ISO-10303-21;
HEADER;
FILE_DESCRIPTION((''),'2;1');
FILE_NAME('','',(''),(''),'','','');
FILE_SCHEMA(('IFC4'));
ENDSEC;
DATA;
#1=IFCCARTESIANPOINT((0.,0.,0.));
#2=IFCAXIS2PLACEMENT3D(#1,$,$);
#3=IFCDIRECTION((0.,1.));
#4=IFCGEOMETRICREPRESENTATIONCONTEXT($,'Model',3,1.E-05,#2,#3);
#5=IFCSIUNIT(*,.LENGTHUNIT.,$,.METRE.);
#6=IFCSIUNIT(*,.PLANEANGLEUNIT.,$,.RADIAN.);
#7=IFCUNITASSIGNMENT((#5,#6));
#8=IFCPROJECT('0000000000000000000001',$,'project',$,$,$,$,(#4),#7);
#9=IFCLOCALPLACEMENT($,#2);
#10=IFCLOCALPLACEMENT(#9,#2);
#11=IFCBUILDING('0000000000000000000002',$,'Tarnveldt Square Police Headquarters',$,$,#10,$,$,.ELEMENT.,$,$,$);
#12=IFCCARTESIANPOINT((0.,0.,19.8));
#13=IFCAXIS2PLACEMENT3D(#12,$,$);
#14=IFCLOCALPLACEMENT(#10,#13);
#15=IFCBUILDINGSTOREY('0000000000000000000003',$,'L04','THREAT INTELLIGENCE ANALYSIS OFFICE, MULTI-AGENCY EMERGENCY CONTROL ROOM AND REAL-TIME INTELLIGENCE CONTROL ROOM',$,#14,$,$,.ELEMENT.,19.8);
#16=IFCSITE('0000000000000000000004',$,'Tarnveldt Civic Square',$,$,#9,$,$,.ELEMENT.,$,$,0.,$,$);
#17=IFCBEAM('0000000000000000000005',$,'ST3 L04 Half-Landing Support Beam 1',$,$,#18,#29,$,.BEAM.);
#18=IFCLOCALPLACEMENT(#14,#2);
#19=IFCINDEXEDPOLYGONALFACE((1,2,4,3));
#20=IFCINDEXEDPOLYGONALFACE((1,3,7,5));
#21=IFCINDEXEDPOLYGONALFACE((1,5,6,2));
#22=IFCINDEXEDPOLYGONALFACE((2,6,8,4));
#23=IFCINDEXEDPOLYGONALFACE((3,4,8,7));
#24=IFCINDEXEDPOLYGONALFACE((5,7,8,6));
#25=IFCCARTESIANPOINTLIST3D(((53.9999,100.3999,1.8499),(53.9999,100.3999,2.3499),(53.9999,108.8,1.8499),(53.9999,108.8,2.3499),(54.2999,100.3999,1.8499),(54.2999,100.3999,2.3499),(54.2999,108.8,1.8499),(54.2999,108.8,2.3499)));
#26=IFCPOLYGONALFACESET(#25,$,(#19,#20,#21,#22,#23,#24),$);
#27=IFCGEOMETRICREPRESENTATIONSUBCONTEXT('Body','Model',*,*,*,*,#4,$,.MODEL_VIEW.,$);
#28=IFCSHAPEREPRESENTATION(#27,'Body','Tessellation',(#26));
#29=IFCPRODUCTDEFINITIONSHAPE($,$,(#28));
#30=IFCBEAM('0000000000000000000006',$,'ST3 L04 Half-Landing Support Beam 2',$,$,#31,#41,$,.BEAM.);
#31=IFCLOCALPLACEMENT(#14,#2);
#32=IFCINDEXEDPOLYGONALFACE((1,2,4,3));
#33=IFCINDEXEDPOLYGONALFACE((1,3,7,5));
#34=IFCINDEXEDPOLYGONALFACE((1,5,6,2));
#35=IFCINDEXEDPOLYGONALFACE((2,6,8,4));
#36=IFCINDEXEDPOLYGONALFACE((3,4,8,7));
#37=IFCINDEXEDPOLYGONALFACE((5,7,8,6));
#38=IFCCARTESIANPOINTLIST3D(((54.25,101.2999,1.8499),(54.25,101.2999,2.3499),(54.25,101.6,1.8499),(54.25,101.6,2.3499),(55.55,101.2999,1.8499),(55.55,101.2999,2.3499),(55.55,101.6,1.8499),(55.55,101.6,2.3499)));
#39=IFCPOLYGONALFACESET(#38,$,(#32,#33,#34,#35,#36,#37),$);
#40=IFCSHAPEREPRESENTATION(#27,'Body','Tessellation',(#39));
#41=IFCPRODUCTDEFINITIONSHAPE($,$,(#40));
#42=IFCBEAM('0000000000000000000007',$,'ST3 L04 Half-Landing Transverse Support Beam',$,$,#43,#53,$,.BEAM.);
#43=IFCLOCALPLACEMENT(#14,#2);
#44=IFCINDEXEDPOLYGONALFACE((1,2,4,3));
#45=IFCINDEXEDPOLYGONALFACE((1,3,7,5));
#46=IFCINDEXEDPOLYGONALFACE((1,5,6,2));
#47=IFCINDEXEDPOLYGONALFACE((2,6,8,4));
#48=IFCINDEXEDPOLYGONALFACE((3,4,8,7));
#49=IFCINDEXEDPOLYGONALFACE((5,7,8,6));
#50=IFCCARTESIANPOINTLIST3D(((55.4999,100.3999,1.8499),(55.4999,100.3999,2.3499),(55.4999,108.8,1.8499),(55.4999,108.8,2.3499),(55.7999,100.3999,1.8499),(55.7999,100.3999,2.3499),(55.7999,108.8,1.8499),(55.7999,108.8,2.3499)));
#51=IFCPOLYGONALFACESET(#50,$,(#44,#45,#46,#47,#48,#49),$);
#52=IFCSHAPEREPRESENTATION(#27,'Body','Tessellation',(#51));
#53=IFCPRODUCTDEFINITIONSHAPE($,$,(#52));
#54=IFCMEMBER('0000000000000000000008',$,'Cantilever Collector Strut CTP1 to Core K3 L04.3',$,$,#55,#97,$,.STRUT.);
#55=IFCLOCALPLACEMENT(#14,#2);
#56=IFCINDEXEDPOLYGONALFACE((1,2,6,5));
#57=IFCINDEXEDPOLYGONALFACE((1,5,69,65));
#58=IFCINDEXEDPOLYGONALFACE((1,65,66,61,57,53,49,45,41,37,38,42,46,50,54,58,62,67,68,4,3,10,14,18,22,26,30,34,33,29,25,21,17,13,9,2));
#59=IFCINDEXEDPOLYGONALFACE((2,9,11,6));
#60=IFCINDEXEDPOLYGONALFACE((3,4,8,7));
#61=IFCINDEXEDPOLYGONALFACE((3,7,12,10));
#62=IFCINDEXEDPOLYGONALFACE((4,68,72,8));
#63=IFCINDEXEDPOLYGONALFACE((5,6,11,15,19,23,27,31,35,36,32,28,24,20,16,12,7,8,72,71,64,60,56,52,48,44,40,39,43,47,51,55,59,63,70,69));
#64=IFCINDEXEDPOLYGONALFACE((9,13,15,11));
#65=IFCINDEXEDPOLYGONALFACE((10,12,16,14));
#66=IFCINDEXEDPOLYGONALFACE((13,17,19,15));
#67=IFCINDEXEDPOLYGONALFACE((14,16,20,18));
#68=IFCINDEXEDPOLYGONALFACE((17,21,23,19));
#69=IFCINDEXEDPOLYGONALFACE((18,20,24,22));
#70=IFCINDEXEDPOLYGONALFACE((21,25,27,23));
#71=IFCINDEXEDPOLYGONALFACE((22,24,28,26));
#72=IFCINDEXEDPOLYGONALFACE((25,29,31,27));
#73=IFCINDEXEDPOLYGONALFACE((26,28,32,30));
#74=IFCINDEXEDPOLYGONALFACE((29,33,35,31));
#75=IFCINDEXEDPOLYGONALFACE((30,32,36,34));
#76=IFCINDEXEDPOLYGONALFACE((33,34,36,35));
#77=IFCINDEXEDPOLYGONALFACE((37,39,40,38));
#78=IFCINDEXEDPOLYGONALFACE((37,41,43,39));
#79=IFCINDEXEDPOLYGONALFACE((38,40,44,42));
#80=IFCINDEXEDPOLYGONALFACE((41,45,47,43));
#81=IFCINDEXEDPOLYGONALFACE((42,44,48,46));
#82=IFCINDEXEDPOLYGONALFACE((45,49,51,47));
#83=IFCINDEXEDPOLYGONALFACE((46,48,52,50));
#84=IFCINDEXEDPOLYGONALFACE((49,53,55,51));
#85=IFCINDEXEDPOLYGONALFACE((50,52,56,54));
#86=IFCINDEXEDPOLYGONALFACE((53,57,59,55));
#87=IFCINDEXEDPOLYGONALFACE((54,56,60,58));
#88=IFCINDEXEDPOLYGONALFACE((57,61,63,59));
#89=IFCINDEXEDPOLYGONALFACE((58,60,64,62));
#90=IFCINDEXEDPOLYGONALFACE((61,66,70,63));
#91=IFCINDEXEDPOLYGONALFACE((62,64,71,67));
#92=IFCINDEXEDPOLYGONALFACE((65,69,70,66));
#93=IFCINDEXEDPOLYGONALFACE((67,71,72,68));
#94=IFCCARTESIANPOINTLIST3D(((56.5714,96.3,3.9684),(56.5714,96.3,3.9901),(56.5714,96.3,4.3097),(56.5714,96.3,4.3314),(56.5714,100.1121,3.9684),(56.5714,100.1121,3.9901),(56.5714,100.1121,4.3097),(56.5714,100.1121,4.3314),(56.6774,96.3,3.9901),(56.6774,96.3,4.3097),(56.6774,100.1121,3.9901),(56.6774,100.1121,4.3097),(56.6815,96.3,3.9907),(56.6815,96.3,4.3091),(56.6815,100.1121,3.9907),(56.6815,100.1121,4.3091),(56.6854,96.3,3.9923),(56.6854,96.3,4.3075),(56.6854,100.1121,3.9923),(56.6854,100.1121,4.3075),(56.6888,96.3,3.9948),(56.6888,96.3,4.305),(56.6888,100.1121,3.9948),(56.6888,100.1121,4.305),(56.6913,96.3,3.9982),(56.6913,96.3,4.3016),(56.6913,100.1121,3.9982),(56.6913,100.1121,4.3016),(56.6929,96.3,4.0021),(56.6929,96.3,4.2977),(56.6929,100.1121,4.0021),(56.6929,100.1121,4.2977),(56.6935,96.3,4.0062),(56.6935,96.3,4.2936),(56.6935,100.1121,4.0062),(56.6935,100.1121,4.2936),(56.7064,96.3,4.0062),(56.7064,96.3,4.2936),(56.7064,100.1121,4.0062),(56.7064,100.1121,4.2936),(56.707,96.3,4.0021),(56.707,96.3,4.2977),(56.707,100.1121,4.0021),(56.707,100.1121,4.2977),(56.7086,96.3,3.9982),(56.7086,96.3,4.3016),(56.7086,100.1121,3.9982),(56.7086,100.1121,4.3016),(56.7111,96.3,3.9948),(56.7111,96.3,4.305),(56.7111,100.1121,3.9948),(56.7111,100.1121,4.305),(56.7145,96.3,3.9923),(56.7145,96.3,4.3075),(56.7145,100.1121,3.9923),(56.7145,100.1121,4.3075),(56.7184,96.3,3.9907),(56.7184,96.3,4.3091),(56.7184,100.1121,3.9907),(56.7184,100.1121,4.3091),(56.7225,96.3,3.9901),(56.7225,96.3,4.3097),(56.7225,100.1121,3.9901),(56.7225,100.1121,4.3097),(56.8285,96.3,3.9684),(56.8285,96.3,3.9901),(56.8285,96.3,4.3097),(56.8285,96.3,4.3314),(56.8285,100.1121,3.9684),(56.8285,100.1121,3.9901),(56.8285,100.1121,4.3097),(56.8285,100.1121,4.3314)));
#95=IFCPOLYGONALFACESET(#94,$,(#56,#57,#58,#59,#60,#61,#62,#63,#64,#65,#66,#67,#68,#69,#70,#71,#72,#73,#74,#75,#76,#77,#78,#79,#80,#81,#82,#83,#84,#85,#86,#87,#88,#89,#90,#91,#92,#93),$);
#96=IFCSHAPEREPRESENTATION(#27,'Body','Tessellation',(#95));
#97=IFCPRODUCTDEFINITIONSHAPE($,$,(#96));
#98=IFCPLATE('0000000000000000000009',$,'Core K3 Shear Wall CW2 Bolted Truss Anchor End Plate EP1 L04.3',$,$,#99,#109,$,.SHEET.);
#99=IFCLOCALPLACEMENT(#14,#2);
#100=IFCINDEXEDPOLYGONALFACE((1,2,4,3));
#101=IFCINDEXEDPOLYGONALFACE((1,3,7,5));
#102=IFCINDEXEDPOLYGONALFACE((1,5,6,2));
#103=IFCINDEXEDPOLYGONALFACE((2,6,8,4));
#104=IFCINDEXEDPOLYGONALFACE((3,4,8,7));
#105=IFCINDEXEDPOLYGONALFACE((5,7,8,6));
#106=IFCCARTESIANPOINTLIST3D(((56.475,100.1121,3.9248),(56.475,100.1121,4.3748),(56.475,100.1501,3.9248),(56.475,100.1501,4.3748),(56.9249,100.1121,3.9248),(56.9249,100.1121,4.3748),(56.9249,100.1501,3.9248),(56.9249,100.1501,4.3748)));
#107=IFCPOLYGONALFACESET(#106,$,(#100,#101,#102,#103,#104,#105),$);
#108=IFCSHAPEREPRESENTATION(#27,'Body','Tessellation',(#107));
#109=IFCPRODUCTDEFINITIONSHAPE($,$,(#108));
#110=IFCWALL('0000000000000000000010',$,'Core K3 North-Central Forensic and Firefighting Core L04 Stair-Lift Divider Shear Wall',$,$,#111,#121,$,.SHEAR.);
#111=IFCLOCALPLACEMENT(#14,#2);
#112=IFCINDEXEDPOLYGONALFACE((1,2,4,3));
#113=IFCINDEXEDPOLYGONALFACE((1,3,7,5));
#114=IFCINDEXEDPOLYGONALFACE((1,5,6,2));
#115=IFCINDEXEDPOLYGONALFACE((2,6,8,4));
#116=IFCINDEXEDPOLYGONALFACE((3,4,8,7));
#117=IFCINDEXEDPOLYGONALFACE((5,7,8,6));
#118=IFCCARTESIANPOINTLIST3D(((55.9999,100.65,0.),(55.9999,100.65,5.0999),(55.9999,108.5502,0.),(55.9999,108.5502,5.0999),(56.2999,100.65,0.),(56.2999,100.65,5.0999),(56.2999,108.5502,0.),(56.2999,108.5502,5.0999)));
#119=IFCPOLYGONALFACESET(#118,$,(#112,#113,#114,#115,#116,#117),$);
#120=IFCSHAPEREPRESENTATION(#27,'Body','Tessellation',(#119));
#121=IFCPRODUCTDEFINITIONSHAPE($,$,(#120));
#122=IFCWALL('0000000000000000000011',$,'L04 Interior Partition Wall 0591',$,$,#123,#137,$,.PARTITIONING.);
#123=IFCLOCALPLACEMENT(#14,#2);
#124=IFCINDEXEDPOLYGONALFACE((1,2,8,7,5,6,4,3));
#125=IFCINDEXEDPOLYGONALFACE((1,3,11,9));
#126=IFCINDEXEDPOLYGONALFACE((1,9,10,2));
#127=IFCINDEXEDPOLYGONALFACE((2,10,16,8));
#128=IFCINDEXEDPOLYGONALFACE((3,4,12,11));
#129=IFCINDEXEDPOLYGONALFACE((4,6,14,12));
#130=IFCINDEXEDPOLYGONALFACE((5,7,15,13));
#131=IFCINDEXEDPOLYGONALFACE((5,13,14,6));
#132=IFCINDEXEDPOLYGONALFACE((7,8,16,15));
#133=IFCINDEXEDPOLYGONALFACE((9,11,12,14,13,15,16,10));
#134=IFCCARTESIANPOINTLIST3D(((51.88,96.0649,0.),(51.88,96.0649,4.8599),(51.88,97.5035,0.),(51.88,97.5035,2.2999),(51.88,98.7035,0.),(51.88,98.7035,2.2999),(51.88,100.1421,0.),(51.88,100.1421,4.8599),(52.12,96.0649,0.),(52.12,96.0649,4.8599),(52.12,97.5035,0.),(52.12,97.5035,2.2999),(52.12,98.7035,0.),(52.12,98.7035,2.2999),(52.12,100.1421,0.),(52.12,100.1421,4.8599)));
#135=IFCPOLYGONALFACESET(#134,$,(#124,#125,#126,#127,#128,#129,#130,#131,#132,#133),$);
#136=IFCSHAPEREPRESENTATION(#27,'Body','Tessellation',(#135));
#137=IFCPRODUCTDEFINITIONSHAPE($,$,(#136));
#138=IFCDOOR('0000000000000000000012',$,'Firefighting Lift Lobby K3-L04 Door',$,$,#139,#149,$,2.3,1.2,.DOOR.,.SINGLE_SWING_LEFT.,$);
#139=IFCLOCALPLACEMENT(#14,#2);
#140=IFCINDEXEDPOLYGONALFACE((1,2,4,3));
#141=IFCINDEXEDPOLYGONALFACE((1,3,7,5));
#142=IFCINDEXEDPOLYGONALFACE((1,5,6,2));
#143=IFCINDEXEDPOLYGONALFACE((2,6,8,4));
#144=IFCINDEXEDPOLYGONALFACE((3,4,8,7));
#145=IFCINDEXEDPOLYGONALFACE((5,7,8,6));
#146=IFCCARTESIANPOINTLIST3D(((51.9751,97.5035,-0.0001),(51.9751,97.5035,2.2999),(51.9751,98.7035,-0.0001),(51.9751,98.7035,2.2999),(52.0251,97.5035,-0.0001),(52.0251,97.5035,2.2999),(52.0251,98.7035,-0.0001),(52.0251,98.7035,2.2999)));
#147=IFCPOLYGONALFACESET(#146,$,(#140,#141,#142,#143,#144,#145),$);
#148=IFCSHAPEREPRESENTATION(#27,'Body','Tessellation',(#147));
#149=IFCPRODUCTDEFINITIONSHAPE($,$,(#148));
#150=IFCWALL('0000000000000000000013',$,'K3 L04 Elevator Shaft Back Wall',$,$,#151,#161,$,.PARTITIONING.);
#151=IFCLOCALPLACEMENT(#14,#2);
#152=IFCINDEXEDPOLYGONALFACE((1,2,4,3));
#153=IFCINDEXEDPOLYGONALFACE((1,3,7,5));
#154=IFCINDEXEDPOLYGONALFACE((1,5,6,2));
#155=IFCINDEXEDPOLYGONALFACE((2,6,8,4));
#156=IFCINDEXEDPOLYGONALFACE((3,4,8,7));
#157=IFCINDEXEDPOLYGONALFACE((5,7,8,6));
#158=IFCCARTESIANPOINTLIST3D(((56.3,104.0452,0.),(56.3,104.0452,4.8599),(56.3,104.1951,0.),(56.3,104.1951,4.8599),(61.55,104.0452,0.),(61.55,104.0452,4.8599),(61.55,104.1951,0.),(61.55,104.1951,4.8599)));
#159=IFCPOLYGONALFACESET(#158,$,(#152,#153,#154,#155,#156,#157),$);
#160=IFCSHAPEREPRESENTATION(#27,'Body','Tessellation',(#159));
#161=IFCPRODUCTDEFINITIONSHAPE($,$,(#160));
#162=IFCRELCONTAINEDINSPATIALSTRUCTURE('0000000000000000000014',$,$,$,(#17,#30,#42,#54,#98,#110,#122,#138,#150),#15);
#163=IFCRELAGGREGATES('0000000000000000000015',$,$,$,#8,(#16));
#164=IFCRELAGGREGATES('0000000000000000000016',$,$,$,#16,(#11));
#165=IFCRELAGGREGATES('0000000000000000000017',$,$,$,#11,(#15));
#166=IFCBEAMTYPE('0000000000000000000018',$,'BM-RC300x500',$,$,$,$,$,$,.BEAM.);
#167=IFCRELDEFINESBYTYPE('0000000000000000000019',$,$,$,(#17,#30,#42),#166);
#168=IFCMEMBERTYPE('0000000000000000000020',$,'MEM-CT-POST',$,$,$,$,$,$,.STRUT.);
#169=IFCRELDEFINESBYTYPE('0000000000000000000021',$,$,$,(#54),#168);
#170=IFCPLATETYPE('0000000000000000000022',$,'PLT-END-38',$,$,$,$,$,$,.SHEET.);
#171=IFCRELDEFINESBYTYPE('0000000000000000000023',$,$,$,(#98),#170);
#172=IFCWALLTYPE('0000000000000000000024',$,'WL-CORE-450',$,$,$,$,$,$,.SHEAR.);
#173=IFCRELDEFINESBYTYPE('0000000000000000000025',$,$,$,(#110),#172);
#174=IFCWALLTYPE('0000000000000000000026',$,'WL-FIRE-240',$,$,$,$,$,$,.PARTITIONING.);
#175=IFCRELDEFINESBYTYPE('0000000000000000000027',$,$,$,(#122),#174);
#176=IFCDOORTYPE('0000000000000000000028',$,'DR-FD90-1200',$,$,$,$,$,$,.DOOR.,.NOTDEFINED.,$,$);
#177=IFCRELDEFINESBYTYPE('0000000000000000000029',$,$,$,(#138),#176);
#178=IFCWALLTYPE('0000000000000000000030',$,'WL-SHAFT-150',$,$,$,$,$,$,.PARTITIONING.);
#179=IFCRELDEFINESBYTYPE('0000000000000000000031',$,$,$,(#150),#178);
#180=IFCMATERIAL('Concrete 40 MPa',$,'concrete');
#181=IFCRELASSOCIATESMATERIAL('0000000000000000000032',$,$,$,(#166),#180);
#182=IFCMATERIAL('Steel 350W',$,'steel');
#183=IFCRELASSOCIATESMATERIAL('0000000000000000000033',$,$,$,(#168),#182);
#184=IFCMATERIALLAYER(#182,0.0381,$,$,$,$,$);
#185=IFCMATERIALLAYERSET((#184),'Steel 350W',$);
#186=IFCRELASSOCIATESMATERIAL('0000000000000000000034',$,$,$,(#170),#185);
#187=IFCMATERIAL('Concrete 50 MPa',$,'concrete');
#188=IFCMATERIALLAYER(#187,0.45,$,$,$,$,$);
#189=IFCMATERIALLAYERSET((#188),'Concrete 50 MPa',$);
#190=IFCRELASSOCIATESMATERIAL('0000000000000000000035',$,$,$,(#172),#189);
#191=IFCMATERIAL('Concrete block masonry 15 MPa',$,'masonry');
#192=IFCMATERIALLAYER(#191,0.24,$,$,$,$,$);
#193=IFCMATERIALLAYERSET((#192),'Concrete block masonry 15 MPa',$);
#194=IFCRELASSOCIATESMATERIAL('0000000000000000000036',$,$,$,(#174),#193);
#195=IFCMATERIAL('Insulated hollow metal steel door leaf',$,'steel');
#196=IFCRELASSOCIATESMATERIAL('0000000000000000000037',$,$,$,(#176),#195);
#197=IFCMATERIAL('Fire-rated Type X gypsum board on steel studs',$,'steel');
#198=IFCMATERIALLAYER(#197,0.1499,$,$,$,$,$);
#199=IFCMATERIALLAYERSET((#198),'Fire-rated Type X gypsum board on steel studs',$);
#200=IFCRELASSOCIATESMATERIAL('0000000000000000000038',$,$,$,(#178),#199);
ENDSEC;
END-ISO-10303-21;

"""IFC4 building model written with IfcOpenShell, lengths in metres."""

from ifc_helpers import new_model, si_unit, direction, frame, frame_2d, origin, origin_2d, place, context, subcontext, project, spatial, rectangle, i_section, extrude, material, layer, layer_set, material_profile, profile_set, type_object, element, fill, save


model = new_model("IFC4")

# Units and contexts
model_context = context("Model", 3, precision=1e-05, world=origin(), true_north=direction((0.0, 1.0)))
body_context = subcontext(model_context, "Body", "Model", "MODEL_VIEW")
ifc_project = project(units=[si_unit("LENGTHUNIT", "METRE"), si_unit("PLANEANGLEUNIT", "RADIAN")], contexts=[model_context])

# Site, building, storey
site_placement = place(None, origin())
site = spatial("IfcSite", under=ifc_project, at=site_placement, Name="Tarnveldt Civic Square", CompositionType="ELEMENT", RefElevation=0.0)
building_placement = place(site_placement, origin())
building = spatial("IfcBuilding", under=site, at=building_placement, Name="Tarnveldt Square Police Headquarters", CompositionType="ELEMENT")
storey_placement = place(building_placement, frame((0.0, 0.0, 19.8)))
storey = spatial("IfcBuildingStorey", under=building, at=storey_placement, Name="L04", Description="THREAT INTELLIGENCE ANALYSIS OFFICE, MULTI-AGENCY EMERGENCY CONTROL ROOM AND REAL-TIME INTELLIGENCE CONTROL ROOM", CompositionType="ELEMENT", Elevation=19.8)

# Beams
ifc_material_1 = material(Name="Concrete 40 MPa", Category="concrete")
ifc_material_profile_1 = material_profile(ifc_material_1, rectangle(XDim=0.3, YDim=0.5, at=origin_2d()), Name="RC-B300x500")
ifc_profile_set_1 = profile_set([ifc_material_profile_1], Name="Concrete 40 MPa")
beam_type = type_object("IfcBeamType", Name="BM-RC300x500", PredefinedType="BEAM", material=ifc_profile_set_1)
beam_1_placement = place(storey_placement, frame((54.1499, 100.3999, 2.0999), z_axis=(0.0, 1.0, 0.0), x_axis=(-1.0, 0.0, 0.0)))
element("IfcBeam", 1, at=beam_1_placement, inside=storey, type_object=beam_type, Name="ST3 L04 Half-Landing Support Beam 1", PredefinedType="BEAM", context=body_context, shape_type="SweptSolid", body=[
    extrude(rectangle(XDim=0.3, YDim=0.5, at=origin_2d()), origin(), (0.0, 0.0, 1.0), 8.4001),
])
beam_2_placement = place(storey_placement, frame((54.25, 101.45, 2.0999), z_axis=(1.0, 0.0, 0.0), x_axis=(0.0, 1.0, 0.0)))
element("IfcBeam", 2, at=beam_2_placement, inside=storey, type_object=beam_type, Name="ST3 L04 Half-Landing Support Beam 2", PredefinedType="BEAM", context=body_context, shape_type="SweptSolid", body=[
    extrude(rectangle(XDim=0.3, YDim=0.5, at=origin_2d()), origin(), (0.0, 0.0, 1.0), 1.3),
])
beam_3_placement = place(storey_placement, frame((55.6499, 100.3999, 2.0999), z_axis=(0.0, 1.0, 0.0), x_axis=(-1.0, 0.0, 0.0)))
element("IfcBeam", 3, at=beam_3_placement, inside=storey, type_object=beam_type, Name="ST3 L04 Half-Landing Transverse Support Beam", PredefinedType="BEAM", context=body_context, shape_type="SweptSolid", body=[
    extrude(rectangle(XDim=0.3, YDim=0.5, at=origin_2d()), origin(), (0.0, 0.0, 1.0), 8.4001),
])

# Member
ifc_material_2 = material(Name="Steel 350W", Category="steel")
ifc_material_profile_2 = material_profile(ifc_material_2, i_section(OverallWidth=0.2571, OverallDepth=0.363, WebThickness=0.0129, FlangeThickness=0.0217, FilletRadius=0.0161, at=origin_2d()), Name="W360x122")
ifc_profile_set_2 = profile_set([ifc_material_profile_2], Name="Steel 350W")
member_type = type_object("IfcMemberType", Name="MEM-CT-POST", PredefinedType="STRUT", material=ifc_profile_set_2)
member_placement = place(storey_placement, frame((56.7, 96.3, 4.1499), z_axis=(0.0, 1.0, 0.0), x_axis=(-1.0, 0.0, 0.0)))
element("IfcMember", 4, at=member_placement, inside=storey, type_object=member_type, Name="Cantilever Collector Strut CTP1 to Core K3 L04.3", PredefinedType="STRUT", context=body_context, shape_type="SweptSolid", body=[
    extrude(i_section(OverallWidth=0.2571, OverallDepth=0.363, WebThickness=0.0129, FlangeThickness=0.0217, FilletRadius=0.0161, at=origin_2d()), origin(), (0.0, 0.0, 1.0), 3.812),
])

# Plate
ifc_layer_1 = layer(ifc_material_2, 0.0381)
ifc_layer_set_1 = layer_set([ifc_layer_1], Name="Steel 350W")
plate_type = type_object("IfcPlateType", Name="PLT-END-38", PredefinedType="SHEET", material=ifc_layer_set_1)
plate_placement = place(storey_placement, frame((56.7, 100.1311, 3.9248), z_axis=(0.0, 0.0, 1.0), x_axis=(1.0, 0.0, 0.0)))
element("IfcPlate", 5, at=plate_placement, inside=storey, type_object=plate_type, Name="Core K3 Shear Wall CW2 Bolted Truss Anchor End Plate EP1 L04.3", PredefinedType="SHEET", context=body_context, shape_type="SweptSolid", body=[
    extrude(rectangle(XDim=0.45, YDim=0.0381, at=origin_2d()), origin(), (0.0, 0.0, 1.0), 0.45),
])

# Wall
ifc_material_3 = material(Name="Concrete 50 MPa", Category="concrete")
ifc_layer_2 = layer(ifc_material_3, 0.45)
ifc_layer_set_2 = layer_set([ifc_layer_2], Name="Concrete 50 MPa")
wall_type_1 = type_object("IfcWallType", Name="WL-CORE-450", PredefinedType="SHEAR", material=ifc_layer_set_2)
wall_1_placement = place(storey_placement, frame((56.1499, 100.6499, 0.0), z_axis=(0.0, 0.0, 1.0), x_axis=(0.0, 1.0, 0.0)))
element("IfcWall", 6, at=wall_1_placement, inside=storey, type_object=wall_type_1, Name="Core K3 North-Central Forensic and Firefighting Core L04 Stair-Lift Divider Shear Wall", PredefinedType="SHEAR", context=body_context, shape_type="SweptSolid", body=[
    extrude(rectangle(XDim=7.9001, YDim=0.3, at=frame_2d((3.9502, 0.0))), origin(), (0.0, 0.0, 1.0), 5.0999),
])

# Wall, opening, door
ifc_material_4 = material(Name="Concrete block masonry 15 MPa", Category="masonry")
ifc_layer_3 = layer(ifc_material_4, 0.24)
ifc_layer_set_3 = layer_set([ifc_layer_3], Name="Concrete block masonry 15 MPa")
wall_type_2 = type_object("IfcWallType", Name="WL-FIRE-240", PredefinedType="PARTITIONING", material=ifc_layer_set_3)
wall_2_placement = place(storey_placement, frame((52.0, 96.0649, 0.0), z_axis=(0.0, 0.0, 1.0), x_axis=(0.0, 1.0, 0.0)))
wall_2 = element("IfcWall", 7, at=wall_2_placement, inside=storey, type_object=wall_type_2, Name="L04 Interior Partition Wall 0591", PredefinedType="PARTITIONING", context=body_context, shape_type="SweptSolid", body=[
    extrude(rectangle(XDim=4.0771, YDim=0.24, at=frame_2d((2.0386, 0.0))), origin(), (0.0, 0.0, 1.0), 4.8599),
])
opening_placement = place(wall_2_placement, frame((1.4385, 0.0, 0.0)))
opening = element("IfcOpeningElement", 8, at=opening_placement, cuts=wall_2, PredefinedType="OPENING", context=body_context, shape_type="SweptSolid", body=[
    extrude(rectangle(XDim=1.2, YDim=2.3, at=frame_2d((0.6001, 1.1499))), frame((0.0, 0.1299, 0.0), z_axis=(0.0, -1.0, 0.0), x_axis=(1.0, 0.0, 0.0)), (0.0, 0.0, 1.0), 0.26),
])
ifc_material_5 = material(Name="Insulated hollow metal steel door leaf", Category="steel")
door_type = type_object("IfcDoorType", Name="DR-FD90-1200", OperationType="NOTDEFINED", PredefinedType="DOOR", material=ifc_material_5)
door_placement = place(opening_placement, origin())
door = element("IfcDoor", 9, at=door_placement, inside=storey, type_object=door_type, Name="Firefighting Lift Lobby K3-L04 Door", OperationType="SINGLE_SWING_LEFT", OverallHeight=2.3, OverallWidth=1.2, PredefinedType="DOOR", context=body_context, shape_type="SweptSolid", body=[
    extrude(rectangle(XDim=1.2, YDim=2.3, at=frame_2d((0.6001, 1.1499))), frame((0.0, 0.0249, 0.0), z_axis=(0.0, -1.0, 0.0), x_axis=(1.0, 0.0, 0.0)), (0.0, 0.0, 1.0), 0.05),
])
fill(opening, door)

# Wall
ifc_material_6 = material(Name="Fire-rated Type X gypsum board on steel studs", Category="steel")
ifc_layer_4 = layer(ifc_material_6, 0.1499)
ifc_layer_set_4 = layer_set([ifc_layer_4], Name="Fire-rated Type X gypsum board on steel studs")
wall_type_3 = type_object("IfcWallType", Name="WL-SHAFT-150", PredefinedType="PARTITIONING", material=ifc_layer_set_4)
wall_3_placement = place(storey_placement, frame((56.3, 104.1201, 0.0), z_axis=(0.0, 0.0, 1.0), x_axis=(1.0, 0.0, 0.0)))
element("IfcWall", 10, at=wall_3_placement, inside=storey, type_object=wall_type_3, Name="K3 L04 Elevator Shaft Back Wall", PredefinedType="PARTITIONING", context=body_context, shape_type="SweptSolid", body=[
    extrude(rectangle(XDim=5.25, YDim=0.1499, at=frame_2d((2.625, 0.0))), origin(), (0.0, 0.0, 1.0), 4.8599),
])

save(model, "model.ifc")
